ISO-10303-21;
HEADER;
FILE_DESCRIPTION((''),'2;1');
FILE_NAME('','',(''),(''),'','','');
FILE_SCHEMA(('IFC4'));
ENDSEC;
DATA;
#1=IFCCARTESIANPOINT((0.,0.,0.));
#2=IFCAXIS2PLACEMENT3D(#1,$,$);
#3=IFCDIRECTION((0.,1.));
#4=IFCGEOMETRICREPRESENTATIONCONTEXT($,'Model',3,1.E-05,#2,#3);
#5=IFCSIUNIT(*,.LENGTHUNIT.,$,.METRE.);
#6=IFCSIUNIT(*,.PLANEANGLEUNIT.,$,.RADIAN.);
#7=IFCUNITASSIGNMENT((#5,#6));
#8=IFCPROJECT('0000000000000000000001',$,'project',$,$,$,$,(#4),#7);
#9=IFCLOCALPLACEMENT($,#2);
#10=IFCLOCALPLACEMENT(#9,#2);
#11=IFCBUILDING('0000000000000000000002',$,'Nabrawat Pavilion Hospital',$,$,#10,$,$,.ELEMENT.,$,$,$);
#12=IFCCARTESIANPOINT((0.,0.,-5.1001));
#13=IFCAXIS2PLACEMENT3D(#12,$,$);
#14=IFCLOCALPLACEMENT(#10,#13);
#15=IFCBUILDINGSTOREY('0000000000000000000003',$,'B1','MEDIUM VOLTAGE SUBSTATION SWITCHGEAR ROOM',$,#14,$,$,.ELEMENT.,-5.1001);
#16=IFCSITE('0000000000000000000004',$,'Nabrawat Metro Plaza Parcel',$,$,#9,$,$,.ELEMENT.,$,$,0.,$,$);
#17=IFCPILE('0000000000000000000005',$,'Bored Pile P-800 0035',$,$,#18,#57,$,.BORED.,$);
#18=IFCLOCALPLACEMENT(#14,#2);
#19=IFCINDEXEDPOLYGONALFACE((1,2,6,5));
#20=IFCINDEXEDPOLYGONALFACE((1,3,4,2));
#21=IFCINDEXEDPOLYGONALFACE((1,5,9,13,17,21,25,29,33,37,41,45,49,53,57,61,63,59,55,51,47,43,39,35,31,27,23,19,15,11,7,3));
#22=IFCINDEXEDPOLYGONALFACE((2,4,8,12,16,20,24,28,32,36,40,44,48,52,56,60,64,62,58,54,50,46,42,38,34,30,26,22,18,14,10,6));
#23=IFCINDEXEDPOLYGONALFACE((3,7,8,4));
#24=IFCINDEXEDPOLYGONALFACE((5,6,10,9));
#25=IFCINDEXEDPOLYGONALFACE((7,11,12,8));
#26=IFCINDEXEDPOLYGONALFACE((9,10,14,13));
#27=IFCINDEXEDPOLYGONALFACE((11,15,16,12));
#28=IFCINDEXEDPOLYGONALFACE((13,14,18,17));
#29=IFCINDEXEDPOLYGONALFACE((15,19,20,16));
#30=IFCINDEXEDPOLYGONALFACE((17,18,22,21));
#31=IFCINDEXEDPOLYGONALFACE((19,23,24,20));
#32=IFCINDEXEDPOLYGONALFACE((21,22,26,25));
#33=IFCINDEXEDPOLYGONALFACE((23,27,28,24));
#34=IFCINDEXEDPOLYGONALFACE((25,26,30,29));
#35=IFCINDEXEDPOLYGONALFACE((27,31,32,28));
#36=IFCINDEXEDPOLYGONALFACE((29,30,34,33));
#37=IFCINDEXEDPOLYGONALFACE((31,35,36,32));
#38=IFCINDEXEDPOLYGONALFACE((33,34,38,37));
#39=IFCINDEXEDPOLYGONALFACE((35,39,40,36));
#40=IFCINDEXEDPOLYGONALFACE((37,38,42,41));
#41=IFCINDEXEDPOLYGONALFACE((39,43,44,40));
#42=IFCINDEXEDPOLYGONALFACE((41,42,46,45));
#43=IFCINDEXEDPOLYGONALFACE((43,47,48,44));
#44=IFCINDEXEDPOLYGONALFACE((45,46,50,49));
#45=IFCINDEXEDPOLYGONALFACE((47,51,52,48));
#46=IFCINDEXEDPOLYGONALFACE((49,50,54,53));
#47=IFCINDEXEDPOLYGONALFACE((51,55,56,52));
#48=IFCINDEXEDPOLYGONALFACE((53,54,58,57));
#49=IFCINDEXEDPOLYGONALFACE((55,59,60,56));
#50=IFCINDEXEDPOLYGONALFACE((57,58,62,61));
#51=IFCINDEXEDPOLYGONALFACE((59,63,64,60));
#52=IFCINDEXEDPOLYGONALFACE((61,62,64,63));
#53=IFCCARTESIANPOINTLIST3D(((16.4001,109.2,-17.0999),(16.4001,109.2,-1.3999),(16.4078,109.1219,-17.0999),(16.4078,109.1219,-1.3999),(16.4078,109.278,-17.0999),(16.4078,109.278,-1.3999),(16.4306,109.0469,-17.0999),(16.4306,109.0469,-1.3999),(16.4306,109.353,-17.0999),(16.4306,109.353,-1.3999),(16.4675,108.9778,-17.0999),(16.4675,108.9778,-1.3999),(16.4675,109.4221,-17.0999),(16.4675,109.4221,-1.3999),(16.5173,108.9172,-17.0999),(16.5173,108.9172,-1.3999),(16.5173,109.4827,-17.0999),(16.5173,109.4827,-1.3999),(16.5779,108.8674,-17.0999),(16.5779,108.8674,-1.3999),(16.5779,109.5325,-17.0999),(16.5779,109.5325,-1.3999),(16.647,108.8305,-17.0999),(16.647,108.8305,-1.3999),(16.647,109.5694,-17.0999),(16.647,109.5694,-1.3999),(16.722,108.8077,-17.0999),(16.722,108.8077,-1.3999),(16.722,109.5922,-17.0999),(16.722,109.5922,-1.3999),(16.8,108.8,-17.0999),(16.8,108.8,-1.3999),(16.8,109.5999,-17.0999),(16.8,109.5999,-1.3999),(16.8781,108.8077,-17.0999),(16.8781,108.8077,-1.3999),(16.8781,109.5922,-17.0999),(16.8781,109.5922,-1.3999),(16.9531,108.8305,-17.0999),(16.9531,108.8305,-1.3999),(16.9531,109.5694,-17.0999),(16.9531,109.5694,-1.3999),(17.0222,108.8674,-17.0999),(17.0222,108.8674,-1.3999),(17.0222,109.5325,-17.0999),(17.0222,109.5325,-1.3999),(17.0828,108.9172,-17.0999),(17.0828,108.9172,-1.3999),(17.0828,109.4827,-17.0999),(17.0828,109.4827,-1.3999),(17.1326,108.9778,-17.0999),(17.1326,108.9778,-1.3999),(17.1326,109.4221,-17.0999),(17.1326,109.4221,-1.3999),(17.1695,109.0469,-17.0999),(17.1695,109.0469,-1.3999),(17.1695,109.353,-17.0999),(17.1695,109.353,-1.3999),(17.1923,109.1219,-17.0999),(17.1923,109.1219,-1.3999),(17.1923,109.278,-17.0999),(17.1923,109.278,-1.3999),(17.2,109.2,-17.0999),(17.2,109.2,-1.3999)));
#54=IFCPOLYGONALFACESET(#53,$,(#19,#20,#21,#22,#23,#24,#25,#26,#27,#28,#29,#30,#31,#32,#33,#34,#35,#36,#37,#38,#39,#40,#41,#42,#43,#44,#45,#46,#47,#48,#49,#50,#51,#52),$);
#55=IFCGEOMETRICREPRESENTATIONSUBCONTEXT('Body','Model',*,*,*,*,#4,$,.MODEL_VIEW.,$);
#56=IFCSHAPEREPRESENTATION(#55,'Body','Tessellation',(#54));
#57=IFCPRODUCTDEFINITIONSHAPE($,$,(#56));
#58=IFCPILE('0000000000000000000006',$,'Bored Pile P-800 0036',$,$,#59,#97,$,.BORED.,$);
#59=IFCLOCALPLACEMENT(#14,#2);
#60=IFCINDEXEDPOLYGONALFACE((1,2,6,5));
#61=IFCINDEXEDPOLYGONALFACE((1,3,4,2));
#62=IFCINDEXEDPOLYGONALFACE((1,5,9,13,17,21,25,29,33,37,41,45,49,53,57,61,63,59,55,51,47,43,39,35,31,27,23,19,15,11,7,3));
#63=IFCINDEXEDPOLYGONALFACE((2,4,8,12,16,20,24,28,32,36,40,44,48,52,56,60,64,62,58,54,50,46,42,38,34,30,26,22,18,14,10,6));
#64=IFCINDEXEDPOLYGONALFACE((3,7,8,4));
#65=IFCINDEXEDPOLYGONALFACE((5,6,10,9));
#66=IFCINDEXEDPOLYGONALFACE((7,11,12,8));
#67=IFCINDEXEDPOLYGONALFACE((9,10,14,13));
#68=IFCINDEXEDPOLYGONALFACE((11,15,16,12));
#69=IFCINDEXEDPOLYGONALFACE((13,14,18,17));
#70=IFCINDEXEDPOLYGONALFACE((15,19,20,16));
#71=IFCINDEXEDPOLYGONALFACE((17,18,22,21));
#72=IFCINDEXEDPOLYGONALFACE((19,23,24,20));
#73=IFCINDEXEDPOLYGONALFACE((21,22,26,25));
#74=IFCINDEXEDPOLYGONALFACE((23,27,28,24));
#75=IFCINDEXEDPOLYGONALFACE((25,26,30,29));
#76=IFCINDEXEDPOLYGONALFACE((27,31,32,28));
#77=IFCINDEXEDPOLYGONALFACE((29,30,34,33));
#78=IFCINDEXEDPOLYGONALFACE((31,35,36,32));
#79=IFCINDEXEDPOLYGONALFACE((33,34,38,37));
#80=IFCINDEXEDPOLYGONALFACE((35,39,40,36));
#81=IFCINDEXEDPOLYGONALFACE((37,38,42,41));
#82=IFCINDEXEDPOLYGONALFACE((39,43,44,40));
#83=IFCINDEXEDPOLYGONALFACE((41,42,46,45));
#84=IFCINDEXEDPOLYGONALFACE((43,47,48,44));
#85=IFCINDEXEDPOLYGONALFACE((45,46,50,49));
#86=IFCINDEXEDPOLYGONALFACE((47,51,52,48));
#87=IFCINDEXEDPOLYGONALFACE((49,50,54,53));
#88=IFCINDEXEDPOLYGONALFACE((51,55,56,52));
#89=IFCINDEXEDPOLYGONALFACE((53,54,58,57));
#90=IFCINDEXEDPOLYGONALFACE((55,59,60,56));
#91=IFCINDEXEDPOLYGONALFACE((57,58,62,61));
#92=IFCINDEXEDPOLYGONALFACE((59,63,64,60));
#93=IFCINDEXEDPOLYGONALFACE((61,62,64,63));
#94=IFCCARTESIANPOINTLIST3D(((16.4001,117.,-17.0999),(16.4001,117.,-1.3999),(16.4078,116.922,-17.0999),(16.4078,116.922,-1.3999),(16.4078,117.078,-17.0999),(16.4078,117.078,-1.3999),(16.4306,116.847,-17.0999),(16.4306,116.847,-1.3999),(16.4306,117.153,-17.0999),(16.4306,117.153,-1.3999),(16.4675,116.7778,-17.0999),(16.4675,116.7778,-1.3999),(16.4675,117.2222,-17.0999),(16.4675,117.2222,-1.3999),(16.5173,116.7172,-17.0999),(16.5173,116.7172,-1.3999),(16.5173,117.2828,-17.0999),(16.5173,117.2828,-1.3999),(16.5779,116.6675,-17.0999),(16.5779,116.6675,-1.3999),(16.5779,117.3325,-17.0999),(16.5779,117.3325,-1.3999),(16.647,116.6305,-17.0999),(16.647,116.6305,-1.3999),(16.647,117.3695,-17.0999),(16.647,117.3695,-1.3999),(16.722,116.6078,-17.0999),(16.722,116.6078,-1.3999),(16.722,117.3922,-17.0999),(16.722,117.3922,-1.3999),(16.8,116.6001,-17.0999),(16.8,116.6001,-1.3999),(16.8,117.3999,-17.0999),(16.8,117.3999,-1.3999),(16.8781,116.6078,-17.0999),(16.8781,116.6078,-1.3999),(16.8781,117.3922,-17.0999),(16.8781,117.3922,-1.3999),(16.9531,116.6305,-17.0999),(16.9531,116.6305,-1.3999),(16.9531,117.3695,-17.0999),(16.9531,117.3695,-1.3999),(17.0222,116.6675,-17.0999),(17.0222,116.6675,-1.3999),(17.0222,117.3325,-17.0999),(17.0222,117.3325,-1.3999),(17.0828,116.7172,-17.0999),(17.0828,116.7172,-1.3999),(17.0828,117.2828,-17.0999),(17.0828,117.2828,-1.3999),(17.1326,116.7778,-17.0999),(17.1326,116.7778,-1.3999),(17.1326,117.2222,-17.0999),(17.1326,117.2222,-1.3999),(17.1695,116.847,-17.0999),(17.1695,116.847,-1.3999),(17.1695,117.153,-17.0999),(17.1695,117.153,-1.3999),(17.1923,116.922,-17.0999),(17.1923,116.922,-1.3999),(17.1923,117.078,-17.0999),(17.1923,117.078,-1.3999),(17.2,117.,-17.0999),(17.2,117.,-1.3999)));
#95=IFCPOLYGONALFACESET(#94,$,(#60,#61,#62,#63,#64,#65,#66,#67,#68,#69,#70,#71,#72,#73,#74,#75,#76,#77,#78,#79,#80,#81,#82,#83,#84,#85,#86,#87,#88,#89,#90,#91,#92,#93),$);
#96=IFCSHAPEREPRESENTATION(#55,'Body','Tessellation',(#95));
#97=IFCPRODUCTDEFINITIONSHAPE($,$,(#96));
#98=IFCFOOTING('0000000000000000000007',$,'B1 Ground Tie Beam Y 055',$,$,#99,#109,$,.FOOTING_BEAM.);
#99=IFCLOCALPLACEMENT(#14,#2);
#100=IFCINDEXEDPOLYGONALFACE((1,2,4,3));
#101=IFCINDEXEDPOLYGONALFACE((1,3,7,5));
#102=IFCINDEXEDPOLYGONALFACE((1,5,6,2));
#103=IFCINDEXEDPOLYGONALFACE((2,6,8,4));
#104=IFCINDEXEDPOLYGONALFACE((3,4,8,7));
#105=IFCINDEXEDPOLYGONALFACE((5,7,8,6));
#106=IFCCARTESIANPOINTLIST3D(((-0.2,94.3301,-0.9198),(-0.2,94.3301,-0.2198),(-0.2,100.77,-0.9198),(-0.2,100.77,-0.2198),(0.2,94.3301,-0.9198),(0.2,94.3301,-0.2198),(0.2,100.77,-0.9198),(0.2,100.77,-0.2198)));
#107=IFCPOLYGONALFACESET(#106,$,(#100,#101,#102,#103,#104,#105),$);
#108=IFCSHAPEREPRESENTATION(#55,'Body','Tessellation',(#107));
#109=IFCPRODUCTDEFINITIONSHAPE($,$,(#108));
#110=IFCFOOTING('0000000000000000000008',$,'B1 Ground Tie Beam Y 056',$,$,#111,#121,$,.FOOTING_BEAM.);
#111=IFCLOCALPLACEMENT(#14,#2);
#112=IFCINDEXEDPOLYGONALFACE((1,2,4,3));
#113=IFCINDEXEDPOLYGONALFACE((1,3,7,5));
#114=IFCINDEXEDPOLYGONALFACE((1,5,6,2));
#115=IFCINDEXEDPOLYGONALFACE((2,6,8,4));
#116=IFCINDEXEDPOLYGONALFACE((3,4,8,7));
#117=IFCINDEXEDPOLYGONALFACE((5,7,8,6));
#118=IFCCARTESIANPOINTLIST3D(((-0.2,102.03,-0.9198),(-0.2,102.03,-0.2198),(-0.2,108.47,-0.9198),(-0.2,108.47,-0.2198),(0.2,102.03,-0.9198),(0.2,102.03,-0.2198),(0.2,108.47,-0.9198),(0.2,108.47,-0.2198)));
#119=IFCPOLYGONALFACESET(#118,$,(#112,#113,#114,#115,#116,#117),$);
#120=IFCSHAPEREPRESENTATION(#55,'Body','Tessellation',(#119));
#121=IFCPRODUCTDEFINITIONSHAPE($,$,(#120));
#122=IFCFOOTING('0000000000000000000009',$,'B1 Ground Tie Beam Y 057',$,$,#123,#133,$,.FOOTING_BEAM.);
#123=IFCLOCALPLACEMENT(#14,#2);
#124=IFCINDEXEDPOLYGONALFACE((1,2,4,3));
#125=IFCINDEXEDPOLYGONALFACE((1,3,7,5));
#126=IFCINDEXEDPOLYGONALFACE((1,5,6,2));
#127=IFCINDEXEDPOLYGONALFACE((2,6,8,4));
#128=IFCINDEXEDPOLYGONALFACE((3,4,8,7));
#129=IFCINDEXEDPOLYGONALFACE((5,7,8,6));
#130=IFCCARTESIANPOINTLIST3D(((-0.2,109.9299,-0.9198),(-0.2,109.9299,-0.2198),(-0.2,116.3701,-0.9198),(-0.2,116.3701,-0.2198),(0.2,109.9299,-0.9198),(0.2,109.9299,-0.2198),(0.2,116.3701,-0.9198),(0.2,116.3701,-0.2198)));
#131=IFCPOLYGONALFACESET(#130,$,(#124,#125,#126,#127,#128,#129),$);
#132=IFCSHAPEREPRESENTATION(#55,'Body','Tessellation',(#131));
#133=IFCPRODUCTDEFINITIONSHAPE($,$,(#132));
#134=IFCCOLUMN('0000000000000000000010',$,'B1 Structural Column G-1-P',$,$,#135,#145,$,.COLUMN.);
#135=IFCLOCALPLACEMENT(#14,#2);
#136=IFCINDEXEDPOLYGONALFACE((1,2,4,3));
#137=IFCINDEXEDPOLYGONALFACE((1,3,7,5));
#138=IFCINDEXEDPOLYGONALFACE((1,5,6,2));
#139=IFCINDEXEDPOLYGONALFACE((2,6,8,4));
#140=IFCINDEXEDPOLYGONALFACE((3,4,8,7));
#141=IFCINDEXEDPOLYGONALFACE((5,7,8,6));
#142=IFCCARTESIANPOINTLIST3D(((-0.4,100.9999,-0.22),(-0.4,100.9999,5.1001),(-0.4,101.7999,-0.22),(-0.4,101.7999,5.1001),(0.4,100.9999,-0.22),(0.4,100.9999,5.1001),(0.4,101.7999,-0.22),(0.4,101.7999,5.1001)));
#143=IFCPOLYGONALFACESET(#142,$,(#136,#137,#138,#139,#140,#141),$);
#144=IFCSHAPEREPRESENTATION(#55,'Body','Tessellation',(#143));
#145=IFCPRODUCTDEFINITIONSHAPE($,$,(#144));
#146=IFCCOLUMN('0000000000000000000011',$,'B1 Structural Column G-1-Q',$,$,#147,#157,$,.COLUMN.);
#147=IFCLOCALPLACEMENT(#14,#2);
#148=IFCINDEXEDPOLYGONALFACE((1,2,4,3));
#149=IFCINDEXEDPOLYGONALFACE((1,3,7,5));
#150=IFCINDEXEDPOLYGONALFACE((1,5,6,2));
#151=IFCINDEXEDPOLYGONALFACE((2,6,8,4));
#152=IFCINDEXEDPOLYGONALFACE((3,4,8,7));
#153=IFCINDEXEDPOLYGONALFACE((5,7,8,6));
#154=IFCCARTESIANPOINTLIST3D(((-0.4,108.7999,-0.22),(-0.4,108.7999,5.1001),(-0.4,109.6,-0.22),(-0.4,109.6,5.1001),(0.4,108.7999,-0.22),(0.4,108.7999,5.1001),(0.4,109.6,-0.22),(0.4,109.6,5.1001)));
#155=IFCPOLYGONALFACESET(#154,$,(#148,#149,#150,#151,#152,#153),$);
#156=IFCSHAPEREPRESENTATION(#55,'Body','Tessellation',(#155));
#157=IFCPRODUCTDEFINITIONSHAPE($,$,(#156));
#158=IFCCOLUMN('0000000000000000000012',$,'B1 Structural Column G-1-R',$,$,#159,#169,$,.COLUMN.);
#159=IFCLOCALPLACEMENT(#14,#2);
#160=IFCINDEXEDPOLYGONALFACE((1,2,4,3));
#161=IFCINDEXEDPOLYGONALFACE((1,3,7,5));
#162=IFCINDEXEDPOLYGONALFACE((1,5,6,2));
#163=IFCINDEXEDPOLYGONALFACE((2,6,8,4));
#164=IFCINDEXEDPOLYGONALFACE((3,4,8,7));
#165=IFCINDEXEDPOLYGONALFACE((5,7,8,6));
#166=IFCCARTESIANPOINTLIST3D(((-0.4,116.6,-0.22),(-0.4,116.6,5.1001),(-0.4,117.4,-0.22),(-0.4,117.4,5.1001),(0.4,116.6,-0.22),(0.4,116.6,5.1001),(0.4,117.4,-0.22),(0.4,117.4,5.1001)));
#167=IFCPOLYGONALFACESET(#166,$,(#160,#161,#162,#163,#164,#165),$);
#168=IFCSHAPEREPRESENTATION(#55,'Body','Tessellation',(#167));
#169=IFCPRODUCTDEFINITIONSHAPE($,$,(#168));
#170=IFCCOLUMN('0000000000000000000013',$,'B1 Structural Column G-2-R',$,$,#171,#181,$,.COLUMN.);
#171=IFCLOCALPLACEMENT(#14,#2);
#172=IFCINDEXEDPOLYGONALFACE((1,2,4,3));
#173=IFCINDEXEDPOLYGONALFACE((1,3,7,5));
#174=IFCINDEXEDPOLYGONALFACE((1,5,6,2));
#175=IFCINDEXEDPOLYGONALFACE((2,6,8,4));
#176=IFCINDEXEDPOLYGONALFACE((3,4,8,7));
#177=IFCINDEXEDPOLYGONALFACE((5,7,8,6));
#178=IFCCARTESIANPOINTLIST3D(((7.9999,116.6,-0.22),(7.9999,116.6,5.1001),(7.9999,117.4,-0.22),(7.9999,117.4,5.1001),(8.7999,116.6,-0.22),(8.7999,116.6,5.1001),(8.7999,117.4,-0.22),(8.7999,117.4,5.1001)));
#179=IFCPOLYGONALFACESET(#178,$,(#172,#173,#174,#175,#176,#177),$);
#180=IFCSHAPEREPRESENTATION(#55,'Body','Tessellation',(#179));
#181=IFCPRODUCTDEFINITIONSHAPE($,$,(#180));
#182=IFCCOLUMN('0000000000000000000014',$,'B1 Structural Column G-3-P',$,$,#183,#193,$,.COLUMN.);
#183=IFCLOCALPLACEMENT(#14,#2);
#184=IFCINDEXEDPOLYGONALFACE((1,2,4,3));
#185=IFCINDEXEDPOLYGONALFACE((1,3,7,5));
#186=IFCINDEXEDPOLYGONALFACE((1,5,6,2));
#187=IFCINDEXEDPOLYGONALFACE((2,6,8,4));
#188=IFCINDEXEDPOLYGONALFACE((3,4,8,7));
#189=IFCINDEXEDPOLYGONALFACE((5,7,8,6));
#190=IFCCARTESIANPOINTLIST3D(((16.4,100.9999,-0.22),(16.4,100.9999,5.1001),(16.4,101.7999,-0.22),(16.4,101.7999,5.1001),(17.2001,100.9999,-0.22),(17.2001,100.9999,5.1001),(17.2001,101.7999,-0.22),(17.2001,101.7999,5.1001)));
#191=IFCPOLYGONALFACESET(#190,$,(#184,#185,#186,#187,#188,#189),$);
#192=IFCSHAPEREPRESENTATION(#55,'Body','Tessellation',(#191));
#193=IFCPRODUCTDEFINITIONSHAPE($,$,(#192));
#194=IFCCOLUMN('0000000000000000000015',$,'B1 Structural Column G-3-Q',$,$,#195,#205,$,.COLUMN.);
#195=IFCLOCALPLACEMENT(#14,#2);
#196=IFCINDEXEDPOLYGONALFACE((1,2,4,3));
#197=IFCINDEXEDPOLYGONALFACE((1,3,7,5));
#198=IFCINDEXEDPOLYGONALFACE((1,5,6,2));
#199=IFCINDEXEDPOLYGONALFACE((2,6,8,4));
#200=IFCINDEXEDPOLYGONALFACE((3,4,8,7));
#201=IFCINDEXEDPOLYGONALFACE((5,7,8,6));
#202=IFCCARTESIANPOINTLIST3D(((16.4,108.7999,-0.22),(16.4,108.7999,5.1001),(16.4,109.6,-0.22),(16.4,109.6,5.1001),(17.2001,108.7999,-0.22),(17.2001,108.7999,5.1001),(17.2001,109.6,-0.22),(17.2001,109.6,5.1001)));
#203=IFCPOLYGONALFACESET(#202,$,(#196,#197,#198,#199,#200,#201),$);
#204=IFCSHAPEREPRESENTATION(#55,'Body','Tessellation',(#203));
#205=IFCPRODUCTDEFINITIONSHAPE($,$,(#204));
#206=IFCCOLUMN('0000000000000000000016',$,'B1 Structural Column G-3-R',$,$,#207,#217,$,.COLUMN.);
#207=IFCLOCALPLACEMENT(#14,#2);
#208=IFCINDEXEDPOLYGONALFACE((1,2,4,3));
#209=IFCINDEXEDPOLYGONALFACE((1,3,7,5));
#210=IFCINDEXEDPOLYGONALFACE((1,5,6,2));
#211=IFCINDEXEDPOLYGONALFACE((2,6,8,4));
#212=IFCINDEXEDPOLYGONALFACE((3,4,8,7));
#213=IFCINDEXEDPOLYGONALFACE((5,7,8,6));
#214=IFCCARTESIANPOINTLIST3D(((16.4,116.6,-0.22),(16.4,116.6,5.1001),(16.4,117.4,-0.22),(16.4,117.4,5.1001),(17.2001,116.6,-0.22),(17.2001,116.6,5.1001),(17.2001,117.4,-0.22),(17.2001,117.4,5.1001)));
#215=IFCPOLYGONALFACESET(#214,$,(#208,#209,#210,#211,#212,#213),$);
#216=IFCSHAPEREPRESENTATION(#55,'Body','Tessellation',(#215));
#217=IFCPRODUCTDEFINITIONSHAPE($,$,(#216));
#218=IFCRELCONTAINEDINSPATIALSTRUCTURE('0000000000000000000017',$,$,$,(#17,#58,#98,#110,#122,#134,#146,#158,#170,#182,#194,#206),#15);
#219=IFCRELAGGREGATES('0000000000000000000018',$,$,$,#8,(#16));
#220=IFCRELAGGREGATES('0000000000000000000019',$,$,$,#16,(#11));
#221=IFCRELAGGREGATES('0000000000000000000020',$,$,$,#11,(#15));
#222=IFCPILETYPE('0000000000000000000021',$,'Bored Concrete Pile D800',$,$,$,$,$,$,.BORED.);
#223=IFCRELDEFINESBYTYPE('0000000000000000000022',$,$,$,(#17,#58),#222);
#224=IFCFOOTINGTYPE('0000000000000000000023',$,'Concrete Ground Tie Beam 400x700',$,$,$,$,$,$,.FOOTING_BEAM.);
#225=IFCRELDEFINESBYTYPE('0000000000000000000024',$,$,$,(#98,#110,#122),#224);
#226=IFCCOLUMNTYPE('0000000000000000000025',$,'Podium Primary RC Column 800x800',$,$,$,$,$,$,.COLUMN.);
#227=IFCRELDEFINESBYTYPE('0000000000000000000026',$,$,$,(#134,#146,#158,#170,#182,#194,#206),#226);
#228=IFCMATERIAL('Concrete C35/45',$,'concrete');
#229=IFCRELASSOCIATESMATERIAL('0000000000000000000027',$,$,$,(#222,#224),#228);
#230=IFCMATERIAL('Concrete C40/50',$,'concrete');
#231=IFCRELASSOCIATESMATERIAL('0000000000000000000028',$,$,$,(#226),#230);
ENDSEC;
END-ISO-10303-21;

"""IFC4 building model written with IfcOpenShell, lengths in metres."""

from ifc_helpers import new_model, si_unit, direction, frame, origin, origin_2d, place, context, subcontext, project, spatial, rectangle, circle, extrude, material, material_profile, profile_set, type_object, element, save


model = new_model("IFC4")

# Units and contexts
model_context = context("Model", 3, precision=1e-05, world=origin(), true_north=direction((0.0, 1.0)))
body_context = subcontext(model_context, "Body", "Model", "MODEL_VIEW")
ifc_project = project(units=[si_unit("LENGTHUNIT", "METRE"), si_unit("PLANEANGLEUNIT", "RADIAN")], contexts=[model_context])

# Site, building, storey
site_placement = place(None, origin())
site = spatial("IfcSite", under=ifc_project, at=site_placement, Name="Nabrawat Metro Plaza Parcel", CompositionType="ELEMENT", RefElevation=0.0)
building_placement = place(site_placement, origin())
building = spatial("IfcBuilding", under=site, at=building_placement, Name="Nabrawat Pavilion Hospital", CompositionType="ELEMENT")
storey_placement = place(building_placement, frame((0.0, 0.0, -5.1001)))
storey = spatial("IfcBuildingStorey", under=building, at=storey_placement, Name="B1", Description="MEDIUM VOLTAGE SUBSTATION SWITCHGEAR ROOM", CompositionType="ELEMENT", Elevation=-5.1001)

# Piles
ifc_material_1 = material(Name="Concrete C35/45", Category="concrete")
ifc_material_profile_1 = material_profile(ifc_material_1, circle(Radius=0.3999, at=origin_2d()), Name="DIA 800")
ifc_profile_set_1 = profile_set([ifc_material_profile_1], Name="Concrete C35/45")
pile_type_1 = type_object("IfcPileType", Name="Bored Concrete Pile D800", PredefinedType="BORED", material=ifc_profile_set_1)
for number, where, z_axis, x_axis, name in (
    (1, (16.8, 109.2, -1.3999), (0.0, 0.0, -1.0), (1.0, 0.0, 0.0), "Bored Pile P-800 0035"),
    (2, (16.8, 117.0, -1.3999), (0.0, 0.0, -1.0), (1.0, 0.0, 0.0), "Bored Pile P-800 0036"),
):
    element("IfcPile", number, at=place(storey_placement, frame(where, z_axis=z_axis, x_axis=x_axis)), inside=storey, type_object=pile_type_1, Name=name, PredefinedType="BORED", context=body_context, shape_type="SweptSolid", body=[
        extrude(circle(Radius=0.3999, at=origin_2d()), origin(), (0.0, 0.0, 1.0), 15.7),
    ])

# Footings
ifc_material_profile_2 = material_profile(ifc_material_1, rectangle(XDim=0.3999, YDim=0.7, at=origin_2d()), Name="RC 400x700")
ifc_profile_set_2 = profile_set([ifc_material_profile_2], Name="Concrete C35/45")
footing_type = type_object("IfcFootingType", Name="Concrete Ground Tie Beam 400x700", PredefinedType="FOOTING_BEAM", material=ifc_profile_set_2)
for number, where, z_axis, x_axis, name in (
    (3, (0.0, 94.3301, -0.5698), (0.0, 1.0, 0.0), (-1.0, 0.0, 0.0), "B1 Ground Tie Beam Y 055"),
    (4, (0.0, 102.03, -0.5698), (0.0, 1.0, 0.0), (-1.0, 0.0, 0.0), "B1 Ground Tie Beam Y 056"),
):
    element("IfcFooting", number, at=place(storey_placement, frame(where, z_axis=z_axis, x_axis=x_axis)), inside=storey, type_object=footing_type, Name=name, PredefinedType="FOOTING_BEAM", context=body_context, shape_type="SweptSolid", body=[
        extrude(rectangle(XDim=0.3999, YDim=0.7, at=origin_2d()), origin(), (0.0, 0.0, 1.0), 6.4399),
    ])
footing_placement = place(storey_placement, frame((0.0, 109.9299, -0.5698), z_axis=(0.0, 1.0, 0.0), x_axis=(-1.0, 0.0, 0.0)))
element("IfcFooting", 5, at=footing_placement, inside=storey, type_object=footing_type, Name="B1 Ground Tie Beam Y 057", PredefinedType="FOOTING_BEAM", context=body_context, shape_type="SweptSolid", body=[
    extrude(rectangle(XDim=0.3999, YDim=0.7, at=origin_2d()), origin(), (0.0, 0.0, 1.0), 6.4402),
])

# Columns
ifc_material_2 = material(Name="Concrete C40/50", Category="concrete")
ifc_material_profile_3 = material_profile(ifc_material_2, rectangle(XDim=0.8, YDim=0.8, at=origin_2d()), Name="RC 800x800")
ifc_profile_set_3 = profile_set([ifc_material_profile_3], Name="Concrete C40/50")
column_type = type_object("IfcColumnType", Name="Podium Primary RC Column 800x800", PredefinedType="COLUMN", material=ifc_profile_set_3)
for number, where, z_axis, x_axis, name in (
    (6, (0.0, 101.3999, -0.22), (0.0, 0.0, 1.0), (1.0, 0.0, 0.0), "B1 Structural Column G-1-P"),
    (7, (0.0, 109.2, -0.22), (0.0, 0.0, 1.0), (1.0, 0.0, 0.0), "B1 Structural Column G-1-Q"),
    (8, (0.0, 117.0, -0.22), (0.0, 0.0, 1.0), (1.0, 0.0, 0.0), "B1 Structural Column G-1-R"),
    (9, (8.3999, 117.0, -0.22), (0.0, 0.0, 1.0), (1.0, 0.0, 0.0), "B1 Structural Column G-2-R"),
    (10, (16.8, 101.3999, -0.22), (0.0, 0.0, 1.0), (1.0, 0.0, 0.0), "B1 Structural Column G-3-P"),
    (11, (16.8, 109.2, -0.22), (0.0, 0.0, 1.0), (1.0, 0.0, 0.0), "B1 Structural Column G-3-Q"),
    (12, (16.8, 117.0, -0.22), (0.0, 0.0, 1.0), (1.0, 0.0, 0.0), "B1 Structural Column G-3-R"),
):
    element("IfcColumn", number, at=place(storey_placement, frame(where, z_axis=z_axis, x_axis=x_axis)), inside=storey, type_object=column_type, Name=name, PredefinedType="COLUMN", context=body_context, shape_type="SweptSolid", body=[
        extrude(rectangle(XDim=0.8, YDim=0.8, at=origin_2d()), origin(), (0.0, 0.0, 1.0), 5.3201),
    ])

save(model, "model.ifc")
